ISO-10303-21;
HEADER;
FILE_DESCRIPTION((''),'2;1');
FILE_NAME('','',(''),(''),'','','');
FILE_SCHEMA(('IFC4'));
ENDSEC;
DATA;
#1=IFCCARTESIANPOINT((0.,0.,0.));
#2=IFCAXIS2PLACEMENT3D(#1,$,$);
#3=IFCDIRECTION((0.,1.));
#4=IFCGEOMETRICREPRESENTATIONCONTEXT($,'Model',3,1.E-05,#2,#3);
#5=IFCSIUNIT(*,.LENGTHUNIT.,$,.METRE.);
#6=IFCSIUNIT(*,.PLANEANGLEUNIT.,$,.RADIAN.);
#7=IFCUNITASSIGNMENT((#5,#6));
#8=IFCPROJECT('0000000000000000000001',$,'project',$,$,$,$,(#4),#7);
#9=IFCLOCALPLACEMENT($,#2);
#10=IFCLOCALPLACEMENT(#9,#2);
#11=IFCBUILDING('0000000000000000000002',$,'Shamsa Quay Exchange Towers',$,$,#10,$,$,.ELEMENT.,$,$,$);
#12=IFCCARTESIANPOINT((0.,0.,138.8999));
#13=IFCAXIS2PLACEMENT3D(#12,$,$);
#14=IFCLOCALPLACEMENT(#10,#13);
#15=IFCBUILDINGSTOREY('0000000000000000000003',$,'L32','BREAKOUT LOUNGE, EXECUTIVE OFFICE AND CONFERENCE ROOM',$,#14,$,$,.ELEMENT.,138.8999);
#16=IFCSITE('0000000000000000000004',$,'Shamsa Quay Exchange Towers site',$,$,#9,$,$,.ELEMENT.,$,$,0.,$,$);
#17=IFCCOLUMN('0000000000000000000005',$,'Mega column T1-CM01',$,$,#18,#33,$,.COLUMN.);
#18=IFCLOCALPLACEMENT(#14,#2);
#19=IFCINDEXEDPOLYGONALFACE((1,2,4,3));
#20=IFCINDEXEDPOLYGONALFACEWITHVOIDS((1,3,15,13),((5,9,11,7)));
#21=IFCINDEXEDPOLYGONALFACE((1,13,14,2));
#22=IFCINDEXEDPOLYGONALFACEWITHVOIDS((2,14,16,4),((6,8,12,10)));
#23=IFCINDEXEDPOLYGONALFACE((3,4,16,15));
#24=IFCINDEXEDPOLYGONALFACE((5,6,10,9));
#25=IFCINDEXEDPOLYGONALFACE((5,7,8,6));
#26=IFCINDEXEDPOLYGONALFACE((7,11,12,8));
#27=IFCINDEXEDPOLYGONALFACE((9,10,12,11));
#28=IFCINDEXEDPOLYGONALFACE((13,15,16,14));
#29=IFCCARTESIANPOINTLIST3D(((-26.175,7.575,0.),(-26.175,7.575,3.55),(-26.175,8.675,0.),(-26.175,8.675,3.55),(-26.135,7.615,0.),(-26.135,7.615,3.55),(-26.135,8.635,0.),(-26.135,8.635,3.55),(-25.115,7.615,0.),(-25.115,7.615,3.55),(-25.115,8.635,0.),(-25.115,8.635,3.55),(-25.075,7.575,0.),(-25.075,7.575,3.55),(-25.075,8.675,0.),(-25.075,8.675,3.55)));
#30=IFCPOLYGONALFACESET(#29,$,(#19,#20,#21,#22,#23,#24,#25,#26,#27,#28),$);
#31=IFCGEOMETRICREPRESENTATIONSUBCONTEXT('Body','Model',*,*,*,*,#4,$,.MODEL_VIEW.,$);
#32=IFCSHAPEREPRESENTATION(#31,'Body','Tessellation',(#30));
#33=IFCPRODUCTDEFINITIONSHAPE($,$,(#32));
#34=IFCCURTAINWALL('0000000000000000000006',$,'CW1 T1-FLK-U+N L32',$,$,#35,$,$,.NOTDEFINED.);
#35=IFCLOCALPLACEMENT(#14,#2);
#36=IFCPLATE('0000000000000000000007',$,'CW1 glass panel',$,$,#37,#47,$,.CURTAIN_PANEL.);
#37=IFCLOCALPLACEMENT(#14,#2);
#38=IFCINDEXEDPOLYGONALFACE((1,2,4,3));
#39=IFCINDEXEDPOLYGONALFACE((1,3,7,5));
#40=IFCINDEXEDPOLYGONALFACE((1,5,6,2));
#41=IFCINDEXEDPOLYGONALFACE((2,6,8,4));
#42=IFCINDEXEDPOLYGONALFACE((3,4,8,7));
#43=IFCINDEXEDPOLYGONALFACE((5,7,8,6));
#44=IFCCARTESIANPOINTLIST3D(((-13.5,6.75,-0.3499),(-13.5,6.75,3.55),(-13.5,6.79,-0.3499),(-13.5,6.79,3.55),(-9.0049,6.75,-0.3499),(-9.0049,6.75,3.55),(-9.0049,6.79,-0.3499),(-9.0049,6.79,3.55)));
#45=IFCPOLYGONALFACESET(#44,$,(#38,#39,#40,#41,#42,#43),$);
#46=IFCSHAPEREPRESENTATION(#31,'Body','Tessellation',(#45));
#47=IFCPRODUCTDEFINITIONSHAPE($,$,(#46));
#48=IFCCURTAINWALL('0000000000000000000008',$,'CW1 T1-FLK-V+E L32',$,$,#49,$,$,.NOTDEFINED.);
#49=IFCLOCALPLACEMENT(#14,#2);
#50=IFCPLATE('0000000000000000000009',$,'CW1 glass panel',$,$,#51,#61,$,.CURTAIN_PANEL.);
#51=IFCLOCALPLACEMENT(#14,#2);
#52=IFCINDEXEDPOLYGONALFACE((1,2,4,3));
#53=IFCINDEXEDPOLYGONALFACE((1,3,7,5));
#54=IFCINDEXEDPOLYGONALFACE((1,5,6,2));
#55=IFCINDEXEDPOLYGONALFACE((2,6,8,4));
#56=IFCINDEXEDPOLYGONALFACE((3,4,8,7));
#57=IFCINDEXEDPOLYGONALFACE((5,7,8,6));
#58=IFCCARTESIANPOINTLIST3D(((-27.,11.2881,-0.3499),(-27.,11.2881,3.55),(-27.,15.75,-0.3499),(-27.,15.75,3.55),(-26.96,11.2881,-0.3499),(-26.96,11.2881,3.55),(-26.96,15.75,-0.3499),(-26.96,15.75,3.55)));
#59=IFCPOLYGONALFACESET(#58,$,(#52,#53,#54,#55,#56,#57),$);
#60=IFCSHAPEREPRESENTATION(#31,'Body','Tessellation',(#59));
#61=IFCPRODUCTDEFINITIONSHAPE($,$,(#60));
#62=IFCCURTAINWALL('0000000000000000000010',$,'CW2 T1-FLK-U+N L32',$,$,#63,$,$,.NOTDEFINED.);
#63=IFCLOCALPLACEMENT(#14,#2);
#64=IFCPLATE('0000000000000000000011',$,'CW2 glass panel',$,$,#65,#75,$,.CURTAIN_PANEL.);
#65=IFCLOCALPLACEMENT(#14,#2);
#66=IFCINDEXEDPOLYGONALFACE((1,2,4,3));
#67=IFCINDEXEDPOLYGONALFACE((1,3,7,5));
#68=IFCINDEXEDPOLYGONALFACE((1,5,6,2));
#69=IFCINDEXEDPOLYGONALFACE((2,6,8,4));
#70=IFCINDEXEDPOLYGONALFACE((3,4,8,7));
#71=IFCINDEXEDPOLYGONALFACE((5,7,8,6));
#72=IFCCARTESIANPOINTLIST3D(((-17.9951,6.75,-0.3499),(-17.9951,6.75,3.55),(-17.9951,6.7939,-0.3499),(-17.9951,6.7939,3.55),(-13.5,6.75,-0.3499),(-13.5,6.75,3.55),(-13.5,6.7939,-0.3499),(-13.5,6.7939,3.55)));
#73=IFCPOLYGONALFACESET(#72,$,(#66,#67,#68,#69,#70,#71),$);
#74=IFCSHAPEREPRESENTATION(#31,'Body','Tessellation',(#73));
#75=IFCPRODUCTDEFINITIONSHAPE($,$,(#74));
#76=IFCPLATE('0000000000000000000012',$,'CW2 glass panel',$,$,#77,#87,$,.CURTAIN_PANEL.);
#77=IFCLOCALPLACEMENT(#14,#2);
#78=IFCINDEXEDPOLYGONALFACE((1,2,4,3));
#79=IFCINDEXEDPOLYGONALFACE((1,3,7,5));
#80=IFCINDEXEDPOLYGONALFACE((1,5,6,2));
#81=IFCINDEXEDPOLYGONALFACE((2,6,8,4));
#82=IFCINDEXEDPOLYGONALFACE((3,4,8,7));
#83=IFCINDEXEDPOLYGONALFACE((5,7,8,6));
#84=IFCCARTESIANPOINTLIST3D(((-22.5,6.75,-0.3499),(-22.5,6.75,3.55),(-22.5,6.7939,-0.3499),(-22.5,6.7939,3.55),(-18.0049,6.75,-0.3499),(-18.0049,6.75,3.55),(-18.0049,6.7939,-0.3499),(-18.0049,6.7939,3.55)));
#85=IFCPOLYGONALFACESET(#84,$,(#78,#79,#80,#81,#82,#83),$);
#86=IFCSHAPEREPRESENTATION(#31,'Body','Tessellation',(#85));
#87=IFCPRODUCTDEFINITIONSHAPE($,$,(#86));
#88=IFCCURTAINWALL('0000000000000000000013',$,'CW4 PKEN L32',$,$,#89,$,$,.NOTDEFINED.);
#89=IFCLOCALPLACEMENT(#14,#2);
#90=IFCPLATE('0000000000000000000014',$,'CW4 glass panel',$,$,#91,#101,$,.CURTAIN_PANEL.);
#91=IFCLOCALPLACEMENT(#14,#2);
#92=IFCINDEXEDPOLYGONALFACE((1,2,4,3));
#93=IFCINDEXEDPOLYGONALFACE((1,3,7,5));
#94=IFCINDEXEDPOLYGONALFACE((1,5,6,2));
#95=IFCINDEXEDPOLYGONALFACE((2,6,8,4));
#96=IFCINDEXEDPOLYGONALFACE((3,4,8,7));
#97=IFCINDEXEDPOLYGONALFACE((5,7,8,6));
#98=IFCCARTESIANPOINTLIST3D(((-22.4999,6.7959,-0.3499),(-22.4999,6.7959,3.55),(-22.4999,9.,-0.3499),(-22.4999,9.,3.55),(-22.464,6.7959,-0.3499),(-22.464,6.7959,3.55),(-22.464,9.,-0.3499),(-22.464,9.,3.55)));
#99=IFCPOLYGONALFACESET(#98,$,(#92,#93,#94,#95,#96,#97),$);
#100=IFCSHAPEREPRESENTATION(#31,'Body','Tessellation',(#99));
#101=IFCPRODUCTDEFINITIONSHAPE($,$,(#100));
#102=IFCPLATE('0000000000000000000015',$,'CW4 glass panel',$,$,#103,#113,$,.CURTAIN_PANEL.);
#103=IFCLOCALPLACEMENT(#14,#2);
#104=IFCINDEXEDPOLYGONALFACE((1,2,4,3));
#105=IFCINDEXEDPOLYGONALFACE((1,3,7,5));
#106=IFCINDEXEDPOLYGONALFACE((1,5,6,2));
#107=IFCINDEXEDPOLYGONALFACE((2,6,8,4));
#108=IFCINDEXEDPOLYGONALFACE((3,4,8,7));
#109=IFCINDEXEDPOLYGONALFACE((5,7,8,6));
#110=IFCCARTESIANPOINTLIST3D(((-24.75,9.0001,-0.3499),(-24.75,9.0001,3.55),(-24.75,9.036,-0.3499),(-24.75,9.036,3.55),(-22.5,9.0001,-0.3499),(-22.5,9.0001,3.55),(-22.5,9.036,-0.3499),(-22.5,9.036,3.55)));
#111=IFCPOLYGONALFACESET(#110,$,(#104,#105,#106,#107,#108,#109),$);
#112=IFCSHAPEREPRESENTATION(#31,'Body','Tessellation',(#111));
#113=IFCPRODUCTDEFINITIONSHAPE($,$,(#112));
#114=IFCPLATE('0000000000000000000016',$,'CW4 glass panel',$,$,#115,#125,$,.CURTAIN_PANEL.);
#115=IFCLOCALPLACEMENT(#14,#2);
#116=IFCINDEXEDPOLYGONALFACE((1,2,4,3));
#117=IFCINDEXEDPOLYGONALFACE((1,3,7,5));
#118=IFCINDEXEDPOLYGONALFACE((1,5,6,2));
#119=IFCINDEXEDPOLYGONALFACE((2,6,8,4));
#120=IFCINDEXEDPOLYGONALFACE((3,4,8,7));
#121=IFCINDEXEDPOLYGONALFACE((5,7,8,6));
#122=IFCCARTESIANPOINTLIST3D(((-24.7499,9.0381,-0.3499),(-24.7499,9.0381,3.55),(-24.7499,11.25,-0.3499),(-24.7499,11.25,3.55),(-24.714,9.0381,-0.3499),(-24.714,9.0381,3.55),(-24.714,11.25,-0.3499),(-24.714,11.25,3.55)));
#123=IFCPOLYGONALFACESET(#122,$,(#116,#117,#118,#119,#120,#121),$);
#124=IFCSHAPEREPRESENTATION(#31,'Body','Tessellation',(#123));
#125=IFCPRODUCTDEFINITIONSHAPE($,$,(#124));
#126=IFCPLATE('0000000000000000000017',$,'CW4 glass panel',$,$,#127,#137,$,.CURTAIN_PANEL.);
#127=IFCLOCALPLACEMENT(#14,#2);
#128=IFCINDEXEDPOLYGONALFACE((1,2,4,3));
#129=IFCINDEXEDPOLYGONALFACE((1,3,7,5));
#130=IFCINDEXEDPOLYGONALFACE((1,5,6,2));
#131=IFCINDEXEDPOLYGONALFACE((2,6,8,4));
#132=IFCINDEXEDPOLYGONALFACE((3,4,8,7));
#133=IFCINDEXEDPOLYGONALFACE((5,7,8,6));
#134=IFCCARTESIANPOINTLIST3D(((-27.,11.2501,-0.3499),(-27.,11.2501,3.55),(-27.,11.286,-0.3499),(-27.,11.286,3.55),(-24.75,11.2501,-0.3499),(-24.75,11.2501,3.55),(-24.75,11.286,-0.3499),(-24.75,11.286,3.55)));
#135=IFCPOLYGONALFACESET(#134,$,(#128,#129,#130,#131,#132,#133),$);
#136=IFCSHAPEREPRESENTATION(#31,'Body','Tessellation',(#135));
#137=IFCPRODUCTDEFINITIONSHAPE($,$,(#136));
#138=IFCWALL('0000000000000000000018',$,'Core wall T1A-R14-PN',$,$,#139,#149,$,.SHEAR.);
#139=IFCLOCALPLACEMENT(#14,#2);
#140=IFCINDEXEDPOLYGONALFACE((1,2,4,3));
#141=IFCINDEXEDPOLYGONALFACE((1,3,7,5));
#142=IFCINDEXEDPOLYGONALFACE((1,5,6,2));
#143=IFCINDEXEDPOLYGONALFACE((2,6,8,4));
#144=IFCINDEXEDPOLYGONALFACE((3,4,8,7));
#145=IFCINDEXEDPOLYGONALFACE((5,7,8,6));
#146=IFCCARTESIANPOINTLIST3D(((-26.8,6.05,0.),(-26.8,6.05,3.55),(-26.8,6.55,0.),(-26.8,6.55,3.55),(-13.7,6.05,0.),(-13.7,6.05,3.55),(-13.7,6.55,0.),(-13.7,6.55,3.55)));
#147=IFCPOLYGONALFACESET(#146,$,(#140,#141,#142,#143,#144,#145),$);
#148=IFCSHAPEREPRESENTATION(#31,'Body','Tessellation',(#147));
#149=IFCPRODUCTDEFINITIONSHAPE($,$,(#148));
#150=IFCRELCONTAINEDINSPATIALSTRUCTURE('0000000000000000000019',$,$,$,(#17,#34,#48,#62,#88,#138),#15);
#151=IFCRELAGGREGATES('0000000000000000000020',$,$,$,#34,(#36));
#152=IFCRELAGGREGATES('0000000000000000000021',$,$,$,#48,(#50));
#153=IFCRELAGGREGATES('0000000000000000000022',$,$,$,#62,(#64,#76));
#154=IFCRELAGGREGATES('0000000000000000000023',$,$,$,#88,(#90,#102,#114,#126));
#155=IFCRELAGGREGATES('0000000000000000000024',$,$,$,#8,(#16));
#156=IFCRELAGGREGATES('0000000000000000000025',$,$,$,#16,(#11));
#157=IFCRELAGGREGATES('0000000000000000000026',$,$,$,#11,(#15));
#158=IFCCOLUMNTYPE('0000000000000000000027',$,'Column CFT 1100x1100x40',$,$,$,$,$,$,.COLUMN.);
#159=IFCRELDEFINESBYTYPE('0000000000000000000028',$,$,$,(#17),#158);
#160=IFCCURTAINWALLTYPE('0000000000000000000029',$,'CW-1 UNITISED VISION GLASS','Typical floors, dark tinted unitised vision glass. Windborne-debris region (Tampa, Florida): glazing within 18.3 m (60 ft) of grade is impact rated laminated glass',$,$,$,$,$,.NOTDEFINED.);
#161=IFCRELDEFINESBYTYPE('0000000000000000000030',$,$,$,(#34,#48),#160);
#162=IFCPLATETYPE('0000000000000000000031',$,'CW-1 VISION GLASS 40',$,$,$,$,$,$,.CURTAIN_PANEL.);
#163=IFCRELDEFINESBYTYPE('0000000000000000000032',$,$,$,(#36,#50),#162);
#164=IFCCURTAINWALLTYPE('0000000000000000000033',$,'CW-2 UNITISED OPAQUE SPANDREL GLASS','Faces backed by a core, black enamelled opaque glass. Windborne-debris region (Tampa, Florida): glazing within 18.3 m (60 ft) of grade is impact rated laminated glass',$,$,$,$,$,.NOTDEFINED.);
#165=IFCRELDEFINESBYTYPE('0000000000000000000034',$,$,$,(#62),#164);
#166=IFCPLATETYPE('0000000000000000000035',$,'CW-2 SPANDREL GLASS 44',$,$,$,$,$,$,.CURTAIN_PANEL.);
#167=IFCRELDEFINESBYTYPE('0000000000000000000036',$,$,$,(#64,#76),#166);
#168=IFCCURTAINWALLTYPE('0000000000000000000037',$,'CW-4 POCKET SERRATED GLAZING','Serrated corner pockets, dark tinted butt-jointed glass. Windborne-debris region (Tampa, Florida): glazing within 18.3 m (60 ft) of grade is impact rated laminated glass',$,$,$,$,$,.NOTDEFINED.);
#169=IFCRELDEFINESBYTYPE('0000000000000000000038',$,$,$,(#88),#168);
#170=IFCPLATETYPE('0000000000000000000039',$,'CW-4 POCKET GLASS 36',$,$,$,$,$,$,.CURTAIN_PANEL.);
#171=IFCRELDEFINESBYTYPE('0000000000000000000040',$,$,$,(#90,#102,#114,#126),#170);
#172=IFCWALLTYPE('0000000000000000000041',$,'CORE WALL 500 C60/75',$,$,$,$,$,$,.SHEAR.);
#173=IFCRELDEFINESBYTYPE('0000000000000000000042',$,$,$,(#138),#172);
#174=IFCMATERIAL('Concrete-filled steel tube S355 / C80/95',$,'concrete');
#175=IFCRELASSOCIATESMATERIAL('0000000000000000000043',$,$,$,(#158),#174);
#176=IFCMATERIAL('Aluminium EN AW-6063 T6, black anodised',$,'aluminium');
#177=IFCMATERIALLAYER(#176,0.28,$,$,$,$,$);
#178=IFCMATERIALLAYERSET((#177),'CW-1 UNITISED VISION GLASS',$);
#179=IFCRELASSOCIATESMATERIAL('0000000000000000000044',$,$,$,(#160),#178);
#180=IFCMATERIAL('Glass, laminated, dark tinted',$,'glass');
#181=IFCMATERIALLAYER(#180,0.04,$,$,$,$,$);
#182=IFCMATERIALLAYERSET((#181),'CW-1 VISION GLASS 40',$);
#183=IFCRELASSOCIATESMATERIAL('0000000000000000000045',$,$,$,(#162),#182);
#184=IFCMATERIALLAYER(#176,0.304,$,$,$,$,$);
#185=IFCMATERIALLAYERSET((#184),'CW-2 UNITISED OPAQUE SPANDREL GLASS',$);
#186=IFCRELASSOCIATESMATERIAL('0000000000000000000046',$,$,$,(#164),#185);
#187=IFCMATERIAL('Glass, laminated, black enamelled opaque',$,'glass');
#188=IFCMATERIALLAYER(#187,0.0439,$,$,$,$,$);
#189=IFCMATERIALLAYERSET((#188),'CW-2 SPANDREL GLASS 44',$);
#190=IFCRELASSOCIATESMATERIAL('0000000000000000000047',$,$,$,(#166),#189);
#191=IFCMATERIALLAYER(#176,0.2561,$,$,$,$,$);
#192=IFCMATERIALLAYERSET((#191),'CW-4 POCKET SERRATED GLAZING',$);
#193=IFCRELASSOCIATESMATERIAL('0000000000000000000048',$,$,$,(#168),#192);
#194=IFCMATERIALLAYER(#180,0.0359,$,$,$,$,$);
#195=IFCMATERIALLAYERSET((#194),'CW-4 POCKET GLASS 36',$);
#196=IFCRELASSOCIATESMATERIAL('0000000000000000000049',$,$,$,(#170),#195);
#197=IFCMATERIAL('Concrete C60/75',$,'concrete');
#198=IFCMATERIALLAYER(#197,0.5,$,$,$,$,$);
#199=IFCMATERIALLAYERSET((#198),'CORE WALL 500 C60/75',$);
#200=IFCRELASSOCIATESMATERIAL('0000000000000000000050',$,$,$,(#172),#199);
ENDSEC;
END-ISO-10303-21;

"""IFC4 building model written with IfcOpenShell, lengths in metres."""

from ifc_helpers import new_model, si_unit, direction, frame, frame_2d, origin, origin_2d, place, context, subcontext, project, spatial, rectangle, hollow_rectangle, extrude, material, layer, layer_set, material_profile, profile_set, type_object, element, aggregate, save


model = new_model("IFC4")

# Units and contexts
model_context = context("Model", 3, precision=1e-05, world=origin(), true_north=direction((0.0, 1.0)))
body_context = subcontext(model_context, "Body", "Model", "MODEL_VIEW")
ifc_project = project(units=[si_unit("LENGTHUNIT", "METRE"), si_unit("PLANEANGLEUNIT", "RADIAN")], contexts=[model_context])

# Site, building, storey
site_placement = place(None, origin())
site = spatial("IfcSite", under=ifc_project, at=site_placement, Name="Shamsa Quay Exchange Towers site", CompositionType="ELEMENT", RefElevation=0.0)
building_placement = place(site_placement, origin())
building = spatial("IfcBuilding", under=site, at=building_placement, Name="Shamsa Quay Exchange Towers", CompositionType="ELEMENT")
storey_placement = place(building_placement, frame((0.0, 0.0, 138.8999)))
storey = spatial("IfcBuildingStorey", under=building, at=storey_placement, Name="L32", Description="BREAKOUT LOUNGE, EXECUTIVE OFFICE AND CONFERENCE ROOM", CompositionType="ELEMENT", Elevation=138.8999)

# Column
ifc_material_1 = material(Name="Concrete-filled steel tube S355 / C80/95", Category="concrete")
ifc_material_profile = material_profile(ifc_material_1, hollow_rectangle(XDim=1.1001, YDim=1.1001, WallThickness=0.04, at=origin_2d()), Name="CFT 1100x1100x40")
ifc_profile_set = profile_set([ifc_material_profile], Name="Concrete-filled steel tube S355 / C80/95")
column_type = type_object("IfcColumnType", Name="Column CFT 1100x1100x40", PredefinedType="COLUMN", material=ifc_profile_set)
column_placement = place(storey_placement, frame((-25.625, 8.125, 0.0)))
element("IfcColumn", 1, at=column_placement, inside=storey, type_object=column_type, Name="Mega column T1-CM01", PredefinedType="COLUMN", context=body_context, shape_type="SweptSolid", body=[
    extrude(hollow_rectangle(XDim=1.1001, YDim=1.1001, WallThickness=0.04, at=origin_2d()), origin(), (0.0, 0.0, 1.0), 3.55),
])

# Curtain walls, plates
ifc_material_2 = material(Name="Aluminium EN AW-6063 T6, black anodised", Category="aluminium")
ifc_layer_1 = layer(ifc_material_2, 0.28)
ifc_layer_set_1 = layer_set([ifc_layer_1], Name="CW-1 UNITISED VISION GLASS")
curtain_wall_type_1 = type_object("IfcCurtainWallType", Name="CW-1 UNITISED VISION GLASS", Description="Typical floors, dark tinted unitised vision glass. Windborne-debris region (Tampa, Florida): glazing within 18.3 m (60 ft) of grade is impact rated laminated glass", PredefinedType="NOTDEFINED", material=ifc_layer_set_1)
curtain_wall_1_placement = place(storey_placement, origin())
curtain_wall_1 = element("IfcCurtainWall", 2, at=curtain_wall_1_placement, inside=storey, type_object=curtain_wall_type_1, Name="CW1 T1-FLK-U+N L32", PredefinedType="NOTDEFINED")
ifc_material_3 = material(Name="Glass, laminated, dark tinted", Category="glass")
ifc_layer_2 = layer(ifc_material_3, 0.04)
ifc_layer_set_2 = layer_set([ifc_layer_2], Name="CW-1 VISION GLASS 40")
plate_type_1 = type_object("IfcPlateType", Name="CW-1 VISION GLASS 40", PredefinedType="CURTAIN_PANEL", material=ifc_layer_set_2)
plate_1_placement = place(storey_placement, frame((-11.2524, 6.77, -0.3499), z_axis=(0.0, 0.0, 1.0), x_axis=(-1.0, 0.0, 0.0)))
plate_1 = element("IfcPlate", 3, at=plate_1_placement, type_object=plate_type_1, Name="CW1 glass panel", PredefinedType="CURTAIN_PANEL", context=body_context, shape_type="SweptSolid", body=[
    extrude(rectangle(XDim=4.4951, YDim=0.04, at=origin_2d()), origin(), (0.0, 0.0, 1.0), 3.8999),
])
aggregate(curtain_wall_1, [plate_1])
curtain_wall_2_placement = place(storey_placement, origin())
curtain_wall_2 = element("IfcCurtainWall", 4, at=curtain_wall_2_placement, inside=storey, type_object=curtain_wall_type_1, Name="CW1 T1-FLK-V+E L32", PredefinedType="NOTDEFINED")
plate_2_placement = place(storey_placement, frame((-26.98, 13.519, -0.3499), z_axis=(0.0, 0.0, 1.0), x_axis=(0.0, 1.0, 0.0)))
plate_2 = element("IfcPlate", 5, at=plate_2_placement, type_object=plate_type_1, Name="CW1 glass panel", PredefinedType="CURTAIN_PANEL", context=body_context, shape_type="SweptSolid", body=[
    extrude(rectangle(XDim=4.4619, YDim=0.04, at=origin_2d()), origin(), (0.0, 0.0, 1.0), 3.8999),
])
aggregate(curtain_wall_2, [plate_2])

# Curtain walls, plates
ifc_layer_3 = layer(ifc_material_2, 0.304)
ifc_layer_set_3 = layer_set([ifc_layer_3], Name="CW-2 UNITISED OPAQUE SPANDREL GLASS")
curtain_wall_type_2 = type_object("IfcCurtainWallType", Name="CW-2 UNITISED OPAQUE SPANDREL GLASS", Description="Faces backed by a core, black enamelled opaque glass. Windborne-debris region (Tampa, Florida): glazing within 18.3 m (60 ft) of grade is impact rated laminated glass", PredefinedType="NOTDEFINED", material=ifc_layer_set_3)
curtain_wall_3_placement = place(storey_placement, origin())
curtain_wall_3 = element("IfcCurtainWall", 6, at=curtain_wall_3_placement, inside=storey, type_object=curtain_wall_type_2, Name="CW2 T1-FLK-U+N L32", PredefinedType="NOTDEFINED")
ifc_material_4 = material(Name="Glass, laminated, black enamelled opaque", Category="glass")
ifc_layer_4 = layer(ifc_material_4, 0.0439)
ifc_layer_set_4 = layer_set([ifc_layer_4], Name="CW-2 SPANDREL GLASS 44")
plate_type_2 = type_object("IfcPlateType", Name="CW-2 SPANDREL GLASS 44", PredefinedType="CURTAIN_PANEL", material=ifc_layer_set_4)
plate_3_placement = place(storey_placement, frame((-15.7476, 6.772, -0.3499), z_axis=(0.0, 0.0, 1.0), x_axis=(-1.0, 0.0, 0.0)))
plate_3 = element("IfcPlate", 7, at=plate_3_placement, type_object=plate_type_2, Name="CW2 glass panel", PredefinedType="CURTAIN_PANEL", context=body_context, shape_type="SweptSolid", body=[
    extrude(rectangle(XDim=4.4951, YDim=0.0439, at=origin_2d()), origin(), (0.0, 0.0, 1.0), 3.8999),
])
plate_4_placement = place(storey_placement, frame((-20.2524, 6.772, -0.3499), z_axis=(0.0, 0.0, 1.0), x_axis=(-1.0, 0.0, 0.0)))
plate_4 = element("IfcPlate", 8, at=plate_4_placement, type_object=plate_type_2, Name="CW2 glass panel", PredefinedType="CURTAIN_PANEL", context=body_context, shape_type="SweptSolid", body=[
    extrude(rectangle(XDim=4.4951, YDim=0.0439, at=origin_2d()), origin(), (0.0, 0.0, 1.0), 3.8999),
])
aggregate(curtain_wall_3, [plate_3, plate_4])
ifc_layer_5 = layer(ifc_material_2, 0.2561)
ifc_layer_set_5 = layer_set([ifc_layer_5], Name="CW-4 POCKET SERRATED GLAZING")
curtain_wall_type_3 = type_object("IfcCurtainWallType", Name="CW-4 POCKET SERRATED GLAZING", Description="Serrated corner pockets, dark tinted butt-jointed glass. Windborne-debris region (Tampa, Florida): glazing within 18.3 m (60 ft) of grade is impact rated laminated glass", PredefinedType="NOTDEFINED", material=ifc_layer_set_5)
curtain_wall_4_placement = place(storey_placement, origin())
curtain_wall_4 = element("IfcCurtainWall", 9, at=curtain_wall_4_placement, inside=storey, type_object=curtain_wall_type_3, Name="CW4 PKEN L32", PredefinedType="NOTDEFINED")
ifc_layer_6 = layer(ifc_material_3, 0.0359)
ifc_layer_set_6 = layer_set([ifc_layer_6], Name="CW-4 POCKET GLASS 36")
plate_type_3 = type_object("IfcPlateType", Name="CW-4 POCKET GLASS 36", PredefinedType="CURTAIN_PANEL", material=ifc_layer_set_6)
plate_5_placement = place(storey_placement, frame((-22.4819, 7.8979, -0.3499), z_axis=(0.0, 0.0, 1.0), x_axis=(0.0, 1.0, 0.0)))
plate_5 = element("IfcPlate", 10, at=plate_5_placement, type_object=plate_type_3, Name="CW4 glass panel", PredefinedType="CURTAIN_PANEL", context=body_context, shape_type="SweptSolid", body=[
    extrude(rectangle(XDim=2.2041, YDim=0.0359, at=origin_2d()), origin(), (0.0, 0.0, 1.0), 3.8999),
])
plate_6_placement = place(storey_placement, frame((-23.625, 9.0181, -0.3499), z_axis=(0.0, 0.0, 1.0), x_axis=(-1.0, 0.0, 0.0)))
plate_6 = element("IfcPlate", 11, at=plate_6_placement, type_object=plate_type_3, Name="CW4 glass panel", PredefinedType="CURTAIN_PANEL", context=body_context, shape_type="SweptSolid", body=[
    extrude(rectangle(XDim=2.25, YDim=0.0359, at=origin_2d()), origin(), (0.0, 0.0, 1.0), 3.8999),
])
plate_7_placement = place(storey_placement, frame((-24.7319, 10.144, -0.3499), z_axis=(0.0, 0.0, 1.0), x_axis=(0.0, 1.0, 0.0)))
plate_7 = element("IfcPlate", 12, at=plate_7_placement, type_object=plate_type_3, Name="CW4 glass panel", PredefinedType="CURTAIN_PANEL", context=body_context, shape_type="SweptSolid", body=[
    extrude(rectangle(XDim=2.2119, YDim=0.0359, at=origin_2d()), origin(), (0.0, 0.0, 1.0), 3.8999),
])
plate_8_placement = place(storey_placement, frame((-25.875, 11.2681, -0.3499), z_axis=(0.0, 0.0, 1.0), x_axis=(-1.0, 0.0, 0.0)))
plate_8 = element("IfcPlate", 13, at=plate_8_placement, type_object=plate_type_3, Name="CW4 glass panel", PredefinedType="CURTAIN_PANEL", context=body_context, shape_type="SweptSolid", body=[
    extrude(rectangle(XDim=2.25, YDim=0.0359, at=origin_2d()), origin(), (0.0, 0.0, 1.0), 3.8999),
])
aggregate(curtain_wall_4, [plate_5, plate_6, plate_7, plate_8])

# Wall
ifc_material_5 = material(Name="Concrete C60/75", Category="concrete")
ifc_layer_7 = layer(ifc_material_5, 0.5)
ifc_layer_set_7 = layer_set([ifc_layer_7], Name="CORE WALL 500 C60/75")
wall_type = type_object("IfcWallType", Name="CORE WALL 500 C60/75", PredefinedType="SHEAR", material=ifc_layer_set_7)
wall_placement = place(storey_placement, frame((-26.8, 6.3, 0.0)))
element("IfcWall", 14, at=wall_placement, inside=storey, type_object=wall_type, Name="Core wall T1A-R14-PN", PredefinedType="SHEAR", context=body_context, shape_type="SweptSolid", body=[
    extrude(rectangle(XDim=13.1001, YDim=0.5, at=frame_2d((6.55, 0.0))), origin(), (0.0, 0.0, 1.0), 3.55),
])

save(model, "model.ifc")
